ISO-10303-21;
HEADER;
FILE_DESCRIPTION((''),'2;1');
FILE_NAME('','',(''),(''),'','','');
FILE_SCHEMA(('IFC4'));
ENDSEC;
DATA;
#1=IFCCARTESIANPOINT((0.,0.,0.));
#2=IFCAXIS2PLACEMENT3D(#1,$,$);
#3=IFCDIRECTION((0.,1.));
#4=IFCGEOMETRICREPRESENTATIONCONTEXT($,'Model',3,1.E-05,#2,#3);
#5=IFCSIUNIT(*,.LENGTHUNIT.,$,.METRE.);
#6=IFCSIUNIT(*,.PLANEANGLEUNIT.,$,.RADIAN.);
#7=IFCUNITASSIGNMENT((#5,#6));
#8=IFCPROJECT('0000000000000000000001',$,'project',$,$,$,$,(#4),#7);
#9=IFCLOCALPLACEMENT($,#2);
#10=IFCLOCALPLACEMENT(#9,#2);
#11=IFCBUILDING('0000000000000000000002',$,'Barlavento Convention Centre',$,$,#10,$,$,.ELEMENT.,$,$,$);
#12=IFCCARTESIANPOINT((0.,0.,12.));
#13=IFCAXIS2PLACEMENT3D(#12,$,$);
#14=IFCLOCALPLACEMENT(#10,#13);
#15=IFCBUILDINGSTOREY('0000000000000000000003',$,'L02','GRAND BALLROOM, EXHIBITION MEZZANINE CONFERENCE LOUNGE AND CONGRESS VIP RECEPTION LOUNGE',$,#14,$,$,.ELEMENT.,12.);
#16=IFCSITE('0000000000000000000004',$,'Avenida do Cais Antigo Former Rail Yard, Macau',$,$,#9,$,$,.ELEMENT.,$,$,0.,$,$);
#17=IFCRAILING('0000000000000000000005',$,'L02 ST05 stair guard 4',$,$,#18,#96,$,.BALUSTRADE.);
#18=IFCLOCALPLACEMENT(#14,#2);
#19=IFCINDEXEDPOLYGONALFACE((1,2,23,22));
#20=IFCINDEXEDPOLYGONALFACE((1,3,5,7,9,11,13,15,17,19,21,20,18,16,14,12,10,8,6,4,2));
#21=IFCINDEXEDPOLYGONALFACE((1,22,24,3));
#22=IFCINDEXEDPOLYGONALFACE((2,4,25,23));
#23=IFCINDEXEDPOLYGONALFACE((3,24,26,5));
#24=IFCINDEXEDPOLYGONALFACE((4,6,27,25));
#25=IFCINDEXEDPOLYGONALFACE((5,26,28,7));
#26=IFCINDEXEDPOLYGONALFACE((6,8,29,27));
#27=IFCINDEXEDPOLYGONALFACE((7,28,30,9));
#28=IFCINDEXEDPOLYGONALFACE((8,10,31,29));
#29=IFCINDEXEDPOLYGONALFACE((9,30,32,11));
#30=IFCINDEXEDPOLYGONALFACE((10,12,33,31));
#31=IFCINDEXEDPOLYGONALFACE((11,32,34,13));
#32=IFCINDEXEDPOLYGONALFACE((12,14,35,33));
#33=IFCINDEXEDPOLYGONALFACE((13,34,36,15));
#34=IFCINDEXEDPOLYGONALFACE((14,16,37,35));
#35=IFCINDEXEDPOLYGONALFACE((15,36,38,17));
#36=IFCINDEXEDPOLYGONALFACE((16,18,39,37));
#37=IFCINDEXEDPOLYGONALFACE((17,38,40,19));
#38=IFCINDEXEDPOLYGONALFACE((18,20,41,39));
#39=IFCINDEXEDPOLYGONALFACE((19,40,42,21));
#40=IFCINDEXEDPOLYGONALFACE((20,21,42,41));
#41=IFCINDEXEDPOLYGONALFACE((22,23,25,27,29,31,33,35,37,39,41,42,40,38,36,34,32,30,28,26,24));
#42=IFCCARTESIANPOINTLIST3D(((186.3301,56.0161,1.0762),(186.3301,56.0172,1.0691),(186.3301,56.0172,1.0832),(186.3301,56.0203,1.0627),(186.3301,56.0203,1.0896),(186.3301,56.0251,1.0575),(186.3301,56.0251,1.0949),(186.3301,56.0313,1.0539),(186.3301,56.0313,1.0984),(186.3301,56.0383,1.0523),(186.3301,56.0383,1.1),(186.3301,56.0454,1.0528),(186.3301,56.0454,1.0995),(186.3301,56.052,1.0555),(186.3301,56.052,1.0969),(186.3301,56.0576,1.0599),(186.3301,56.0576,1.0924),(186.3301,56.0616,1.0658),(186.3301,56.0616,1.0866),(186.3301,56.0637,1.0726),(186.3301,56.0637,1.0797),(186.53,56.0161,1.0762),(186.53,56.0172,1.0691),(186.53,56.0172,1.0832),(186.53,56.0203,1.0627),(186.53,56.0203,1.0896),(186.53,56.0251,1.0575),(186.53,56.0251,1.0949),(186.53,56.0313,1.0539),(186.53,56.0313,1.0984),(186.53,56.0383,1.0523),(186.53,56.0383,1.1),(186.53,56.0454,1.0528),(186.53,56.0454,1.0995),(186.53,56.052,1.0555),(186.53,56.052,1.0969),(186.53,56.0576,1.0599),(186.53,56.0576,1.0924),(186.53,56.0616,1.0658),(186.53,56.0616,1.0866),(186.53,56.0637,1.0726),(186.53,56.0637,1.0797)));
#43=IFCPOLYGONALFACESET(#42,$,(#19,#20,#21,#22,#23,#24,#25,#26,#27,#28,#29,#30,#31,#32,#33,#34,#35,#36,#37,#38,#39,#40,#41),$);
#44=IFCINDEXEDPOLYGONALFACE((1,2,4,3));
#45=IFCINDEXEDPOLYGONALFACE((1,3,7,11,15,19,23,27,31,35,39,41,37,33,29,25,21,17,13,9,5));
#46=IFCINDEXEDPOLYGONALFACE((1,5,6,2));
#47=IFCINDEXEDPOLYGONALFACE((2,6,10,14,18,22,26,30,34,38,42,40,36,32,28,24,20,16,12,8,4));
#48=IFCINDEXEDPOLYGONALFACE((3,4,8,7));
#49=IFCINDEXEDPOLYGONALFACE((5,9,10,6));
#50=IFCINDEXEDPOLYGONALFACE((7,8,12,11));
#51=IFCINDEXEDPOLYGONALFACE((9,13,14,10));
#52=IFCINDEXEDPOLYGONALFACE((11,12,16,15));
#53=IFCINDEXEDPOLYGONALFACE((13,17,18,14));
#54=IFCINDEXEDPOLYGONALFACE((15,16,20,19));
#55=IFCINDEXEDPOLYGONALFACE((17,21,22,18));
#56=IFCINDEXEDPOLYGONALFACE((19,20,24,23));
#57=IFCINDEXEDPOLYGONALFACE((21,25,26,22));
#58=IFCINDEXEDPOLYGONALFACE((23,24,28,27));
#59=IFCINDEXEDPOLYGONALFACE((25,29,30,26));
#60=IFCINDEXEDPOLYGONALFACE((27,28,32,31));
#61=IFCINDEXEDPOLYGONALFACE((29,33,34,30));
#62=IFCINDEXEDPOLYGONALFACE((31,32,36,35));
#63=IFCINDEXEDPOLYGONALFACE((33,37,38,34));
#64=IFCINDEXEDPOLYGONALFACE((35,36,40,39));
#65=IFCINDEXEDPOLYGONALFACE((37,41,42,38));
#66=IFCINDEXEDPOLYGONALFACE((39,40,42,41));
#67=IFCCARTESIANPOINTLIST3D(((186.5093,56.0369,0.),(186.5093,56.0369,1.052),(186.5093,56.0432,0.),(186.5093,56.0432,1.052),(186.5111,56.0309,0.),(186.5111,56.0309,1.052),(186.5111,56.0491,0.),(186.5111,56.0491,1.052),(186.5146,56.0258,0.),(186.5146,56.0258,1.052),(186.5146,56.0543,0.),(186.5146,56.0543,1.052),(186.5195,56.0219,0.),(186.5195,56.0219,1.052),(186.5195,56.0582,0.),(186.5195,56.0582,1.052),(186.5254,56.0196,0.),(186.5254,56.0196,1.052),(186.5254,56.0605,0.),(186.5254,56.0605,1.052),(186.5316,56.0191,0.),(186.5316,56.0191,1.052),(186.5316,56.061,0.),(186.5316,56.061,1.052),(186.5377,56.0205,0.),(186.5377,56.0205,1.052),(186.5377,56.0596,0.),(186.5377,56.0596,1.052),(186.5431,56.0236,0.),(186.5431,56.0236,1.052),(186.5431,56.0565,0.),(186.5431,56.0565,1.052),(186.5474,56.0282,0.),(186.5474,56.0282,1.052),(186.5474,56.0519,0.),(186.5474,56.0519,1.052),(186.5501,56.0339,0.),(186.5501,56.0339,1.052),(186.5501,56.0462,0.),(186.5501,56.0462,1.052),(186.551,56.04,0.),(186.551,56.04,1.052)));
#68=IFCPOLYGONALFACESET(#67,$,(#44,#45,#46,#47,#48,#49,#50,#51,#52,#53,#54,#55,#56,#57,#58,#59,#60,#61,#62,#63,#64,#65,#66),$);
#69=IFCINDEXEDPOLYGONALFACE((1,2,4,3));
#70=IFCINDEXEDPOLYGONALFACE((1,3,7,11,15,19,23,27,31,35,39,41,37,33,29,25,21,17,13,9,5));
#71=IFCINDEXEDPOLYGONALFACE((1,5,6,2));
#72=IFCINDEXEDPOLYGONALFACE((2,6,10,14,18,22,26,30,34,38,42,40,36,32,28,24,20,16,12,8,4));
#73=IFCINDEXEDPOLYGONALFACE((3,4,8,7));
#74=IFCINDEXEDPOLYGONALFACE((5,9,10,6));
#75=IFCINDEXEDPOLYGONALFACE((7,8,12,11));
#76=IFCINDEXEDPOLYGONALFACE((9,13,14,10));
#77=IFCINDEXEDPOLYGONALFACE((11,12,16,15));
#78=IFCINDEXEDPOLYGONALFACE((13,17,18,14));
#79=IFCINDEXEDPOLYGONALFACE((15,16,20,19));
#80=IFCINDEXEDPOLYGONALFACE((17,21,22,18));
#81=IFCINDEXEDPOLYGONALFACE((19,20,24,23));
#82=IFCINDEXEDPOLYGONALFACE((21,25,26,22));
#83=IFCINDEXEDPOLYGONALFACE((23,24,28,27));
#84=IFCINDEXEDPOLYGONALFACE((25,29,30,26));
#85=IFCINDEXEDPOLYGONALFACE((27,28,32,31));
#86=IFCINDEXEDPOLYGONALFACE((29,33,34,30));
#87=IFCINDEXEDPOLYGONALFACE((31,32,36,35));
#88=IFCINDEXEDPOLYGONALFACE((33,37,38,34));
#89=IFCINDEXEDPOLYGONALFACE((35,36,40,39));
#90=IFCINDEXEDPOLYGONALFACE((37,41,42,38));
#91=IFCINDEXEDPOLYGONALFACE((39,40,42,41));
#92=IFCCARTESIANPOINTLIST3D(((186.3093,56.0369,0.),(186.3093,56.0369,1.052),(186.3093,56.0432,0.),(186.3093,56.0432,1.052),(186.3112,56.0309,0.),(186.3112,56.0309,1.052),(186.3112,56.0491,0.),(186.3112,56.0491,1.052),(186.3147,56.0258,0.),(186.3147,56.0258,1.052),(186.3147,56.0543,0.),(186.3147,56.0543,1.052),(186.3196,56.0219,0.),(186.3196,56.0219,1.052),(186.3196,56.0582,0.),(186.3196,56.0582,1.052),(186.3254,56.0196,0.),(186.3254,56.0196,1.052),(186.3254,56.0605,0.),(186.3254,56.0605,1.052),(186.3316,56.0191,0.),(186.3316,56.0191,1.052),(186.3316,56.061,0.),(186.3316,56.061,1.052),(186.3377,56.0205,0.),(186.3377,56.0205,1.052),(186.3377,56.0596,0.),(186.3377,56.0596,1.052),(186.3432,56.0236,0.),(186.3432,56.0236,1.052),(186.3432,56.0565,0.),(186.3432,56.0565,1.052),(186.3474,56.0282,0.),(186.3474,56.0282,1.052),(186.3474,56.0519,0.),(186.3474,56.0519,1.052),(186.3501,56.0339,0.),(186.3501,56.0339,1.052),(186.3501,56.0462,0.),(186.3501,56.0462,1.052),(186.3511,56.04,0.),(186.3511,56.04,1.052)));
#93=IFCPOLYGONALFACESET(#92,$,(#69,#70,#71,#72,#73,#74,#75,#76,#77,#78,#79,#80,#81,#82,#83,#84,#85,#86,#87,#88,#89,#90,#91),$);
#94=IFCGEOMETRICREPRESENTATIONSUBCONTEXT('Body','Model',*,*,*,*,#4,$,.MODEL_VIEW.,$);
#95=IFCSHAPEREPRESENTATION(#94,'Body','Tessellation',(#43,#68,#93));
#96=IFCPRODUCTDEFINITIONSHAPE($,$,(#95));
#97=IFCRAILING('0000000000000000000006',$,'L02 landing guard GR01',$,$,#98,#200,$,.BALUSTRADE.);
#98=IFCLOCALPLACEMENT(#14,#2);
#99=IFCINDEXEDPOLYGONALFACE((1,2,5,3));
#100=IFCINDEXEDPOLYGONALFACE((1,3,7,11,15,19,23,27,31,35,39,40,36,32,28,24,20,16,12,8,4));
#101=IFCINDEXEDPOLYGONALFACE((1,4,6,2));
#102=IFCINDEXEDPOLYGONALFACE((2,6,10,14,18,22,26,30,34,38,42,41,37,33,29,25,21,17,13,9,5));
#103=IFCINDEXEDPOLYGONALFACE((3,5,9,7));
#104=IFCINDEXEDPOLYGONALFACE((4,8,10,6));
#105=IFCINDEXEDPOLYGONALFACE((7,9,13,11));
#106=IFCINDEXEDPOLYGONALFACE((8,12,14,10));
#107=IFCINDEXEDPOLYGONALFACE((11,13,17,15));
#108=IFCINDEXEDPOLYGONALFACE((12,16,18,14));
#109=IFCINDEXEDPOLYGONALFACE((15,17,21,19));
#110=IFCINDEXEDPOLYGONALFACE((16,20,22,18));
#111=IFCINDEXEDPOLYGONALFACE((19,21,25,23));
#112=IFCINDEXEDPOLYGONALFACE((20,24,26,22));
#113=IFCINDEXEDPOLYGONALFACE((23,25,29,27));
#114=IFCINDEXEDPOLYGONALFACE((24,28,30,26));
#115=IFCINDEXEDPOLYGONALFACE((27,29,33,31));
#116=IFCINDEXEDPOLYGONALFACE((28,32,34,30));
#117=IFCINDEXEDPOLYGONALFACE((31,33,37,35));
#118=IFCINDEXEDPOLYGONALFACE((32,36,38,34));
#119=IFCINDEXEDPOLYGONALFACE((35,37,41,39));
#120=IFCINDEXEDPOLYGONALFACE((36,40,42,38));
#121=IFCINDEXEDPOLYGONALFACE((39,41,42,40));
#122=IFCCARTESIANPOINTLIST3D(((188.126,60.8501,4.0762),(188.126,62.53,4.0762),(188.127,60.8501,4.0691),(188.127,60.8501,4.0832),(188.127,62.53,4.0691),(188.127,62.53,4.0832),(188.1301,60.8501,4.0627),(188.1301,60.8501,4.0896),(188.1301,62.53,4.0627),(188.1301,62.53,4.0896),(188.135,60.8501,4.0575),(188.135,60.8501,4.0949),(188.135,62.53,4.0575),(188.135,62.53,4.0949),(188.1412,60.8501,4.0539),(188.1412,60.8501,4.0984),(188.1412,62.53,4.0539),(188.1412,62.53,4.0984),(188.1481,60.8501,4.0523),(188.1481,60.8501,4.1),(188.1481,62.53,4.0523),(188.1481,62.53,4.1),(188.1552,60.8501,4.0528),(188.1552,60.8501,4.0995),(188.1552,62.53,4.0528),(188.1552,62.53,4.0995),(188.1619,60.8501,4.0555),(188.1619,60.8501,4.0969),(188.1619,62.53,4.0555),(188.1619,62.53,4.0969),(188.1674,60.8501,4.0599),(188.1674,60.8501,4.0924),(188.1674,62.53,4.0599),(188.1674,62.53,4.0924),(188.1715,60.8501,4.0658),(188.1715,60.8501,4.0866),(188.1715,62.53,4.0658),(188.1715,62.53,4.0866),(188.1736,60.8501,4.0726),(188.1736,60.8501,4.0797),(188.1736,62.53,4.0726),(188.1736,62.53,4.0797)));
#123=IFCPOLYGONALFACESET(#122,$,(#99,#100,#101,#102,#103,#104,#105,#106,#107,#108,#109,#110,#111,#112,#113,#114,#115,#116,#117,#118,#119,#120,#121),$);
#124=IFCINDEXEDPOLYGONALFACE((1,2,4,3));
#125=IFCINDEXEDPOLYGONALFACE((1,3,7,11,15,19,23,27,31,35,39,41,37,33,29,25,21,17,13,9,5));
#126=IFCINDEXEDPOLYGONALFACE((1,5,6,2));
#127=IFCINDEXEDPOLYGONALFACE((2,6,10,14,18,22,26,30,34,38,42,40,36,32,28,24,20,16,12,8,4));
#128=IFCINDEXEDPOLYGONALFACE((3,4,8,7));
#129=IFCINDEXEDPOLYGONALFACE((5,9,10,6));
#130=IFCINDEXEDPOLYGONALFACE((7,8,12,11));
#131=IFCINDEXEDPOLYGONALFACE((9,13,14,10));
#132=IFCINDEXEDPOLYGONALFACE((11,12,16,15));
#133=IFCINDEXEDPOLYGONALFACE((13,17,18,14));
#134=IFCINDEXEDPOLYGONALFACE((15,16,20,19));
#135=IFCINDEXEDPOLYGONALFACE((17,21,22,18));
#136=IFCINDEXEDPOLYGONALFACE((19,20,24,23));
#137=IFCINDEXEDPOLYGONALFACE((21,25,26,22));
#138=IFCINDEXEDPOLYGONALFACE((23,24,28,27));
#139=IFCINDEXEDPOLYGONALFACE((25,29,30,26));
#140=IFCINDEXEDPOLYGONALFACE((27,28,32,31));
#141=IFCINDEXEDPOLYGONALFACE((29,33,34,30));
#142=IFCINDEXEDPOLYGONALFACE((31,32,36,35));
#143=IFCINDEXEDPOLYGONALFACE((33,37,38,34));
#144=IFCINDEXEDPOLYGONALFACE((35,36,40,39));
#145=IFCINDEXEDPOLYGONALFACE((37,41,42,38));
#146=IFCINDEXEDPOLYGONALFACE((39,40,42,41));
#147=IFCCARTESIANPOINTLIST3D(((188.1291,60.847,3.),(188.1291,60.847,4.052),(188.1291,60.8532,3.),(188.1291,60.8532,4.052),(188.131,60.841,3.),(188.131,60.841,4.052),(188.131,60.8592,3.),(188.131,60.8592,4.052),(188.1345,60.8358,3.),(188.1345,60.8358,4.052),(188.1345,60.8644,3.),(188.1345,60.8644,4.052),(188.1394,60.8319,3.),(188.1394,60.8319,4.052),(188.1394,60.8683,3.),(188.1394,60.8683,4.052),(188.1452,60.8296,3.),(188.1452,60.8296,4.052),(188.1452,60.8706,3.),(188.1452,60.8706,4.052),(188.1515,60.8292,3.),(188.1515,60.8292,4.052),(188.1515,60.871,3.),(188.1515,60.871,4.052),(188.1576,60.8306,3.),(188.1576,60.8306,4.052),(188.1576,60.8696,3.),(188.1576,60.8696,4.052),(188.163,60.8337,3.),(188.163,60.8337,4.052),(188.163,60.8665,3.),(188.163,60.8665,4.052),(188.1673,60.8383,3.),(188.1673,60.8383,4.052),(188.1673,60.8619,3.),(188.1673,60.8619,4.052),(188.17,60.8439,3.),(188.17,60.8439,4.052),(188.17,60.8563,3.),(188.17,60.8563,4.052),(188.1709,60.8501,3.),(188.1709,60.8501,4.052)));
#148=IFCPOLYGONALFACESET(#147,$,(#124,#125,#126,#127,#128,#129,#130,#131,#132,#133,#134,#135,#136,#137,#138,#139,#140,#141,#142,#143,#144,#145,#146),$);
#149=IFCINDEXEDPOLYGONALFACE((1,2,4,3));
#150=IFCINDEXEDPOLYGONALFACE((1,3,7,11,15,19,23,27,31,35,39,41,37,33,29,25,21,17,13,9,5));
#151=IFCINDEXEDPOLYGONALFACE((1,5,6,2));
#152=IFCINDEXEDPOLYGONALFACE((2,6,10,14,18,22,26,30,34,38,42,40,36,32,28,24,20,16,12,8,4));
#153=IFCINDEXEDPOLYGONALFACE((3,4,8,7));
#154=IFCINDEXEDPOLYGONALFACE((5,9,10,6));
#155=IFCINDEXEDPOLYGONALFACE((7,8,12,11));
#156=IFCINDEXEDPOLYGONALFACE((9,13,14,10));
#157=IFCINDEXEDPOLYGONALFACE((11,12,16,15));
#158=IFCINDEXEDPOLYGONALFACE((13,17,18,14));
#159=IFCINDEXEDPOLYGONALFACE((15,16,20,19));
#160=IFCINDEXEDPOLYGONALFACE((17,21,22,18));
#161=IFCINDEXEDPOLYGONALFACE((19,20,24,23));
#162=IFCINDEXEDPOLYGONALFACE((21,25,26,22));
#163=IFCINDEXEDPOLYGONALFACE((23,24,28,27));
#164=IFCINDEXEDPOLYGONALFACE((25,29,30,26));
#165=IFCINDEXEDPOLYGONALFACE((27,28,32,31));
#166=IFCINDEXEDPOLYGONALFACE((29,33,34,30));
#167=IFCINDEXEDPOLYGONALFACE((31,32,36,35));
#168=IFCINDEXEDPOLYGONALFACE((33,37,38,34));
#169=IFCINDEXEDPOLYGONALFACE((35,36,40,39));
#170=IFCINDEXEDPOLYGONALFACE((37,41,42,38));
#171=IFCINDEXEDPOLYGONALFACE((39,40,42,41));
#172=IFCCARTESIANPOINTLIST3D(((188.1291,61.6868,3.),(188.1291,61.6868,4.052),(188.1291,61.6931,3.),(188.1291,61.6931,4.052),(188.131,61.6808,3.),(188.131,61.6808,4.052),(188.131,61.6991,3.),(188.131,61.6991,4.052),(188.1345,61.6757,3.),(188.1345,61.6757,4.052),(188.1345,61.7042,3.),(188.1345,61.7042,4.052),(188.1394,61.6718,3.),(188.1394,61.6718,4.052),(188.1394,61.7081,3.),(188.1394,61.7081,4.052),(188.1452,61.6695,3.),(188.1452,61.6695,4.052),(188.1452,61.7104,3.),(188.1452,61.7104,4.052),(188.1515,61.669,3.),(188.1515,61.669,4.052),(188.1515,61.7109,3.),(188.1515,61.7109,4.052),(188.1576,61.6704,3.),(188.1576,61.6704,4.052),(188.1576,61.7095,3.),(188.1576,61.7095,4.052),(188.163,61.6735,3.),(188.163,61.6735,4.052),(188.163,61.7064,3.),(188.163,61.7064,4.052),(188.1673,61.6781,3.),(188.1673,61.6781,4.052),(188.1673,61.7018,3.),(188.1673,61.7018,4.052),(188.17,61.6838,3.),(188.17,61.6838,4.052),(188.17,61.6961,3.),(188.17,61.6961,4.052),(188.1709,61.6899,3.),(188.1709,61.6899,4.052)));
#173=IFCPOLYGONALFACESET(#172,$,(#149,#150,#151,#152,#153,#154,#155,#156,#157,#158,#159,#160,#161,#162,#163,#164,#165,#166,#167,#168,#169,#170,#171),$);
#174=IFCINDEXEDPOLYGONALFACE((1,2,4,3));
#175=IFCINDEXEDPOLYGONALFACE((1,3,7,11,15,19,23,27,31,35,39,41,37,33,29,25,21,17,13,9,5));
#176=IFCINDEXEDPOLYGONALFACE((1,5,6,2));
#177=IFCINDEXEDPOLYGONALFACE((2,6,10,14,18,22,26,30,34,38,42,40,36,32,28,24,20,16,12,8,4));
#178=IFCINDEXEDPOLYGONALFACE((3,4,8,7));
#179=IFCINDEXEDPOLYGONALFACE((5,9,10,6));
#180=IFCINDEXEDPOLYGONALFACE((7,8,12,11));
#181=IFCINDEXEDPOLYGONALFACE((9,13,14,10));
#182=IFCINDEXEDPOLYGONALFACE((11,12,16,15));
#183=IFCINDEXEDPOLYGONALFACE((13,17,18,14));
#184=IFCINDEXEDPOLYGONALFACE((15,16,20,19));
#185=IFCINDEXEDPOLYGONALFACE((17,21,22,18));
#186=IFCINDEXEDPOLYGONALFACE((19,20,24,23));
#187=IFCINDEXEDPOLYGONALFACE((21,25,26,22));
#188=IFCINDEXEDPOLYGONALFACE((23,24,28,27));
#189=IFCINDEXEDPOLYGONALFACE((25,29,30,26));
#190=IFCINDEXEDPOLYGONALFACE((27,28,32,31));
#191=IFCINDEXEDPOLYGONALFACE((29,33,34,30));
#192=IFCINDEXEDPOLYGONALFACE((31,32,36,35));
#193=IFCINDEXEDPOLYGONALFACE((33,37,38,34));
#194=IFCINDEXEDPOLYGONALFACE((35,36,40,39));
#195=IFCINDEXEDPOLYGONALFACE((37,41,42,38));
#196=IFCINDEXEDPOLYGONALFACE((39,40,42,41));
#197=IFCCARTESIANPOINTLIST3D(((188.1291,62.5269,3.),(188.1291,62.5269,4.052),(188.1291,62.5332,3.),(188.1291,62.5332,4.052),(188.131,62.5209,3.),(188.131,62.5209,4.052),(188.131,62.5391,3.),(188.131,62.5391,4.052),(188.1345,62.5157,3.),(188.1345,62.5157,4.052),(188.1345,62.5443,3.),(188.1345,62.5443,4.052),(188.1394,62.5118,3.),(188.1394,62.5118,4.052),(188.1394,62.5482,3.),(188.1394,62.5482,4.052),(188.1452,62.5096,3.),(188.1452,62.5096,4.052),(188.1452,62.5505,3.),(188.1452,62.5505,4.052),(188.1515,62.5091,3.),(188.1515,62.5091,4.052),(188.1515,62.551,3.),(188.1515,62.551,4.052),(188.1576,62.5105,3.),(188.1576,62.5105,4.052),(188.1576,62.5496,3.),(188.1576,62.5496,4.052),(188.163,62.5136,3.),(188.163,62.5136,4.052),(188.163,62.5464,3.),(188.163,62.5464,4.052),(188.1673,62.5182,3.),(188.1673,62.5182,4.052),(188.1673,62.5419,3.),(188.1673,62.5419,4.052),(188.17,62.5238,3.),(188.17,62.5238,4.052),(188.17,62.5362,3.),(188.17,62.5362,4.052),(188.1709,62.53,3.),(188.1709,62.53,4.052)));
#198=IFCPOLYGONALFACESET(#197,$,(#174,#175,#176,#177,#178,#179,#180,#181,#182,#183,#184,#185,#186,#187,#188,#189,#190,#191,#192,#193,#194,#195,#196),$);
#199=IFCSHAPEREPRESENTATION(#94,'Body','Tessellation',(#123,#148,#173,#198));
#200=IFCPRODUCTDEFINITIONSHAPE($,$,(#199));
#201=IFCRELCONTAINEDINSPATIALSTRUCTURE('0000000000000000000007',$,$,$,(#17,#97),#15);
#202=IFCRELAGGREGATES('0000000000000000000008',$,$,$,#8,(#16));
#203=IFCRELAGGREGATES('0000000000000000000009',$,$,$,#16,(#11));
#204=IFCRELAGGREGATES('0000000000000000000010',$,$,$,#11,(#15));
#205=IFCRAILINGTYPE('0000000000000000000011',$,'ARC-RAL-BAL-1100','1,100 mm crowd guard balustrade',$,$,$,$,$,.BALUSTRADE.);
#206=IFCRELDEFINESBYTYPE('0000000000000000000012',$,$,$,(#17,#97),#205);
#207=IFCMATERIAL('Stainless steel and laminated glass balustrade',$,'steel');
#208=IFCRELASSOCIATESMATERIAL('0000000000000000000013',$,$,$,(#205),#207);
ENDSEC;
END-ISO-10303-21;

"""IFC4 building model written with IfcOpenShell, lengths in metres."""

from ifc_helpers import new_model, si_unit, direction, frame, origin, origin_2d, place, context, subcontext, project, spatial, circle, extrude, material, type_object, element, save


model = new_model("IFC4")

# Units and contexts
model_context = context("Model", 3, precision=1e-05, world=origin(), true_north=direction((0.0, 1.0)))
body_context = subcontext(model_context, "Body", "Model", "MODEL_VIEW")
ifc_project = project(units=[si_unit("LENGTHUNIT", "METRE"), si_unit("PLANEANGLEUNIT", "RADIAN")], contexts=[model_context])

# Site, building, storey
site_placement = place(None, origin())
site = spatial("IfcSite", under=ifc_project, at=site_placement, Name="Avenida do Cais Antigo Former Rail Yard, Macau", CompositionType="ELEMENT", RefElevation=0.0)
building_placement = place(site_placement, origin())
building = spatial("IfcBuilding", under=site, at=building_placement, Name="Barlavento Convention Centre", CompositionType="ELEMENT")
storey_placement = place(building_placement, frame((0.0, 0.0, 12.0)))
storey = spatial("IfcBuildingStorey", under=building, at=storey_placement, Name="L02", Description="GRAND BALLROOM, EXHIBITION MEZZANINE CONFERENCE LOUNGE AND CONGRESS VIP RECEPTION LOUNGE", CompositionType="ELEMENT", Elevation=12.0)

# Railings
ifc_material_1 = material(Name="Stainless steel and laminated glass balustrade", Category="steel")
railing_type_1 = type_object("IfcRailingType", Name="ARC-RAL-BAL-1100", Description="1,100 mm crowd guard balustrade", PredefinedType="BALUSTRADE", material=ifc_material_1)
railing_1_placement = place(storey_placement, frame((186.53, 56.04, 0.0)))
element("IfcRailing", 1, at=railing_1_placement, inside=storey, type_object=railing_type_1, Name="L02 ST05 stair guard 4", PredefinedType="BALUSTRADE", context=body_context, shape_type="SweptSolid", body=[
    extrude(circle(Radius=0.0239, at=origin_2d()), frame((0.0, 0.0, 1.0762), z_axis=(-1.0, 0.0, 0.0), x_axis=(0.0, -1.0, 0.0)), (0.0, 0.0, 1.0), 0.2),
    extrude(circle(Radius=0.021, at=origin_2d()), origin(), (0.0, 0.0, 1.0), 1.052),
    extrude(circle(Radius=0.021, at=origin_2d()), frame((-0.2, 0.0, 0.0)), (0.0, 0.0, 1.0), 1.052),
])
for number, where, name in (
    (2, (188.1499, 60.8501, 3.0), "L02 landing guard GR01"),
):
    element("IfcRailing", number, at=place(storey_placement, frame(where)), inside=storey, type_object=railing_type_1, Name=name, PredefinedType="BALUSTRADE", context=body_context, shape_type="SweptSolid", body=[
        extrude(circle(Radius=0.0239, at=origin_2d()), frame((0.0, 0.0, 1.0762), z_axis=(0.0, 1.0, 0.0), x_axis=(-1.0, 0.0, 0.0)), (0.0, 0.0, 1.0), 1.6799),
        extrude(circle(Radius=0.021, at=origin_2d()), origin(), (0.0, 0.0, 1.0), 1.052),
        extrude(circle(Radius=0.021, at=origin_2d()), frame((0.0, 0.8398, 0.0)), (0.0, 0.0, 1.0), 1.052),
        extrude(circle(Radius=0.021, at=origin_2d()), frame((0.0, 1.6799, 0.0)), (0.0, 0.0, 1.0), 1.052),
    ])

save(model, "model.ifc")
